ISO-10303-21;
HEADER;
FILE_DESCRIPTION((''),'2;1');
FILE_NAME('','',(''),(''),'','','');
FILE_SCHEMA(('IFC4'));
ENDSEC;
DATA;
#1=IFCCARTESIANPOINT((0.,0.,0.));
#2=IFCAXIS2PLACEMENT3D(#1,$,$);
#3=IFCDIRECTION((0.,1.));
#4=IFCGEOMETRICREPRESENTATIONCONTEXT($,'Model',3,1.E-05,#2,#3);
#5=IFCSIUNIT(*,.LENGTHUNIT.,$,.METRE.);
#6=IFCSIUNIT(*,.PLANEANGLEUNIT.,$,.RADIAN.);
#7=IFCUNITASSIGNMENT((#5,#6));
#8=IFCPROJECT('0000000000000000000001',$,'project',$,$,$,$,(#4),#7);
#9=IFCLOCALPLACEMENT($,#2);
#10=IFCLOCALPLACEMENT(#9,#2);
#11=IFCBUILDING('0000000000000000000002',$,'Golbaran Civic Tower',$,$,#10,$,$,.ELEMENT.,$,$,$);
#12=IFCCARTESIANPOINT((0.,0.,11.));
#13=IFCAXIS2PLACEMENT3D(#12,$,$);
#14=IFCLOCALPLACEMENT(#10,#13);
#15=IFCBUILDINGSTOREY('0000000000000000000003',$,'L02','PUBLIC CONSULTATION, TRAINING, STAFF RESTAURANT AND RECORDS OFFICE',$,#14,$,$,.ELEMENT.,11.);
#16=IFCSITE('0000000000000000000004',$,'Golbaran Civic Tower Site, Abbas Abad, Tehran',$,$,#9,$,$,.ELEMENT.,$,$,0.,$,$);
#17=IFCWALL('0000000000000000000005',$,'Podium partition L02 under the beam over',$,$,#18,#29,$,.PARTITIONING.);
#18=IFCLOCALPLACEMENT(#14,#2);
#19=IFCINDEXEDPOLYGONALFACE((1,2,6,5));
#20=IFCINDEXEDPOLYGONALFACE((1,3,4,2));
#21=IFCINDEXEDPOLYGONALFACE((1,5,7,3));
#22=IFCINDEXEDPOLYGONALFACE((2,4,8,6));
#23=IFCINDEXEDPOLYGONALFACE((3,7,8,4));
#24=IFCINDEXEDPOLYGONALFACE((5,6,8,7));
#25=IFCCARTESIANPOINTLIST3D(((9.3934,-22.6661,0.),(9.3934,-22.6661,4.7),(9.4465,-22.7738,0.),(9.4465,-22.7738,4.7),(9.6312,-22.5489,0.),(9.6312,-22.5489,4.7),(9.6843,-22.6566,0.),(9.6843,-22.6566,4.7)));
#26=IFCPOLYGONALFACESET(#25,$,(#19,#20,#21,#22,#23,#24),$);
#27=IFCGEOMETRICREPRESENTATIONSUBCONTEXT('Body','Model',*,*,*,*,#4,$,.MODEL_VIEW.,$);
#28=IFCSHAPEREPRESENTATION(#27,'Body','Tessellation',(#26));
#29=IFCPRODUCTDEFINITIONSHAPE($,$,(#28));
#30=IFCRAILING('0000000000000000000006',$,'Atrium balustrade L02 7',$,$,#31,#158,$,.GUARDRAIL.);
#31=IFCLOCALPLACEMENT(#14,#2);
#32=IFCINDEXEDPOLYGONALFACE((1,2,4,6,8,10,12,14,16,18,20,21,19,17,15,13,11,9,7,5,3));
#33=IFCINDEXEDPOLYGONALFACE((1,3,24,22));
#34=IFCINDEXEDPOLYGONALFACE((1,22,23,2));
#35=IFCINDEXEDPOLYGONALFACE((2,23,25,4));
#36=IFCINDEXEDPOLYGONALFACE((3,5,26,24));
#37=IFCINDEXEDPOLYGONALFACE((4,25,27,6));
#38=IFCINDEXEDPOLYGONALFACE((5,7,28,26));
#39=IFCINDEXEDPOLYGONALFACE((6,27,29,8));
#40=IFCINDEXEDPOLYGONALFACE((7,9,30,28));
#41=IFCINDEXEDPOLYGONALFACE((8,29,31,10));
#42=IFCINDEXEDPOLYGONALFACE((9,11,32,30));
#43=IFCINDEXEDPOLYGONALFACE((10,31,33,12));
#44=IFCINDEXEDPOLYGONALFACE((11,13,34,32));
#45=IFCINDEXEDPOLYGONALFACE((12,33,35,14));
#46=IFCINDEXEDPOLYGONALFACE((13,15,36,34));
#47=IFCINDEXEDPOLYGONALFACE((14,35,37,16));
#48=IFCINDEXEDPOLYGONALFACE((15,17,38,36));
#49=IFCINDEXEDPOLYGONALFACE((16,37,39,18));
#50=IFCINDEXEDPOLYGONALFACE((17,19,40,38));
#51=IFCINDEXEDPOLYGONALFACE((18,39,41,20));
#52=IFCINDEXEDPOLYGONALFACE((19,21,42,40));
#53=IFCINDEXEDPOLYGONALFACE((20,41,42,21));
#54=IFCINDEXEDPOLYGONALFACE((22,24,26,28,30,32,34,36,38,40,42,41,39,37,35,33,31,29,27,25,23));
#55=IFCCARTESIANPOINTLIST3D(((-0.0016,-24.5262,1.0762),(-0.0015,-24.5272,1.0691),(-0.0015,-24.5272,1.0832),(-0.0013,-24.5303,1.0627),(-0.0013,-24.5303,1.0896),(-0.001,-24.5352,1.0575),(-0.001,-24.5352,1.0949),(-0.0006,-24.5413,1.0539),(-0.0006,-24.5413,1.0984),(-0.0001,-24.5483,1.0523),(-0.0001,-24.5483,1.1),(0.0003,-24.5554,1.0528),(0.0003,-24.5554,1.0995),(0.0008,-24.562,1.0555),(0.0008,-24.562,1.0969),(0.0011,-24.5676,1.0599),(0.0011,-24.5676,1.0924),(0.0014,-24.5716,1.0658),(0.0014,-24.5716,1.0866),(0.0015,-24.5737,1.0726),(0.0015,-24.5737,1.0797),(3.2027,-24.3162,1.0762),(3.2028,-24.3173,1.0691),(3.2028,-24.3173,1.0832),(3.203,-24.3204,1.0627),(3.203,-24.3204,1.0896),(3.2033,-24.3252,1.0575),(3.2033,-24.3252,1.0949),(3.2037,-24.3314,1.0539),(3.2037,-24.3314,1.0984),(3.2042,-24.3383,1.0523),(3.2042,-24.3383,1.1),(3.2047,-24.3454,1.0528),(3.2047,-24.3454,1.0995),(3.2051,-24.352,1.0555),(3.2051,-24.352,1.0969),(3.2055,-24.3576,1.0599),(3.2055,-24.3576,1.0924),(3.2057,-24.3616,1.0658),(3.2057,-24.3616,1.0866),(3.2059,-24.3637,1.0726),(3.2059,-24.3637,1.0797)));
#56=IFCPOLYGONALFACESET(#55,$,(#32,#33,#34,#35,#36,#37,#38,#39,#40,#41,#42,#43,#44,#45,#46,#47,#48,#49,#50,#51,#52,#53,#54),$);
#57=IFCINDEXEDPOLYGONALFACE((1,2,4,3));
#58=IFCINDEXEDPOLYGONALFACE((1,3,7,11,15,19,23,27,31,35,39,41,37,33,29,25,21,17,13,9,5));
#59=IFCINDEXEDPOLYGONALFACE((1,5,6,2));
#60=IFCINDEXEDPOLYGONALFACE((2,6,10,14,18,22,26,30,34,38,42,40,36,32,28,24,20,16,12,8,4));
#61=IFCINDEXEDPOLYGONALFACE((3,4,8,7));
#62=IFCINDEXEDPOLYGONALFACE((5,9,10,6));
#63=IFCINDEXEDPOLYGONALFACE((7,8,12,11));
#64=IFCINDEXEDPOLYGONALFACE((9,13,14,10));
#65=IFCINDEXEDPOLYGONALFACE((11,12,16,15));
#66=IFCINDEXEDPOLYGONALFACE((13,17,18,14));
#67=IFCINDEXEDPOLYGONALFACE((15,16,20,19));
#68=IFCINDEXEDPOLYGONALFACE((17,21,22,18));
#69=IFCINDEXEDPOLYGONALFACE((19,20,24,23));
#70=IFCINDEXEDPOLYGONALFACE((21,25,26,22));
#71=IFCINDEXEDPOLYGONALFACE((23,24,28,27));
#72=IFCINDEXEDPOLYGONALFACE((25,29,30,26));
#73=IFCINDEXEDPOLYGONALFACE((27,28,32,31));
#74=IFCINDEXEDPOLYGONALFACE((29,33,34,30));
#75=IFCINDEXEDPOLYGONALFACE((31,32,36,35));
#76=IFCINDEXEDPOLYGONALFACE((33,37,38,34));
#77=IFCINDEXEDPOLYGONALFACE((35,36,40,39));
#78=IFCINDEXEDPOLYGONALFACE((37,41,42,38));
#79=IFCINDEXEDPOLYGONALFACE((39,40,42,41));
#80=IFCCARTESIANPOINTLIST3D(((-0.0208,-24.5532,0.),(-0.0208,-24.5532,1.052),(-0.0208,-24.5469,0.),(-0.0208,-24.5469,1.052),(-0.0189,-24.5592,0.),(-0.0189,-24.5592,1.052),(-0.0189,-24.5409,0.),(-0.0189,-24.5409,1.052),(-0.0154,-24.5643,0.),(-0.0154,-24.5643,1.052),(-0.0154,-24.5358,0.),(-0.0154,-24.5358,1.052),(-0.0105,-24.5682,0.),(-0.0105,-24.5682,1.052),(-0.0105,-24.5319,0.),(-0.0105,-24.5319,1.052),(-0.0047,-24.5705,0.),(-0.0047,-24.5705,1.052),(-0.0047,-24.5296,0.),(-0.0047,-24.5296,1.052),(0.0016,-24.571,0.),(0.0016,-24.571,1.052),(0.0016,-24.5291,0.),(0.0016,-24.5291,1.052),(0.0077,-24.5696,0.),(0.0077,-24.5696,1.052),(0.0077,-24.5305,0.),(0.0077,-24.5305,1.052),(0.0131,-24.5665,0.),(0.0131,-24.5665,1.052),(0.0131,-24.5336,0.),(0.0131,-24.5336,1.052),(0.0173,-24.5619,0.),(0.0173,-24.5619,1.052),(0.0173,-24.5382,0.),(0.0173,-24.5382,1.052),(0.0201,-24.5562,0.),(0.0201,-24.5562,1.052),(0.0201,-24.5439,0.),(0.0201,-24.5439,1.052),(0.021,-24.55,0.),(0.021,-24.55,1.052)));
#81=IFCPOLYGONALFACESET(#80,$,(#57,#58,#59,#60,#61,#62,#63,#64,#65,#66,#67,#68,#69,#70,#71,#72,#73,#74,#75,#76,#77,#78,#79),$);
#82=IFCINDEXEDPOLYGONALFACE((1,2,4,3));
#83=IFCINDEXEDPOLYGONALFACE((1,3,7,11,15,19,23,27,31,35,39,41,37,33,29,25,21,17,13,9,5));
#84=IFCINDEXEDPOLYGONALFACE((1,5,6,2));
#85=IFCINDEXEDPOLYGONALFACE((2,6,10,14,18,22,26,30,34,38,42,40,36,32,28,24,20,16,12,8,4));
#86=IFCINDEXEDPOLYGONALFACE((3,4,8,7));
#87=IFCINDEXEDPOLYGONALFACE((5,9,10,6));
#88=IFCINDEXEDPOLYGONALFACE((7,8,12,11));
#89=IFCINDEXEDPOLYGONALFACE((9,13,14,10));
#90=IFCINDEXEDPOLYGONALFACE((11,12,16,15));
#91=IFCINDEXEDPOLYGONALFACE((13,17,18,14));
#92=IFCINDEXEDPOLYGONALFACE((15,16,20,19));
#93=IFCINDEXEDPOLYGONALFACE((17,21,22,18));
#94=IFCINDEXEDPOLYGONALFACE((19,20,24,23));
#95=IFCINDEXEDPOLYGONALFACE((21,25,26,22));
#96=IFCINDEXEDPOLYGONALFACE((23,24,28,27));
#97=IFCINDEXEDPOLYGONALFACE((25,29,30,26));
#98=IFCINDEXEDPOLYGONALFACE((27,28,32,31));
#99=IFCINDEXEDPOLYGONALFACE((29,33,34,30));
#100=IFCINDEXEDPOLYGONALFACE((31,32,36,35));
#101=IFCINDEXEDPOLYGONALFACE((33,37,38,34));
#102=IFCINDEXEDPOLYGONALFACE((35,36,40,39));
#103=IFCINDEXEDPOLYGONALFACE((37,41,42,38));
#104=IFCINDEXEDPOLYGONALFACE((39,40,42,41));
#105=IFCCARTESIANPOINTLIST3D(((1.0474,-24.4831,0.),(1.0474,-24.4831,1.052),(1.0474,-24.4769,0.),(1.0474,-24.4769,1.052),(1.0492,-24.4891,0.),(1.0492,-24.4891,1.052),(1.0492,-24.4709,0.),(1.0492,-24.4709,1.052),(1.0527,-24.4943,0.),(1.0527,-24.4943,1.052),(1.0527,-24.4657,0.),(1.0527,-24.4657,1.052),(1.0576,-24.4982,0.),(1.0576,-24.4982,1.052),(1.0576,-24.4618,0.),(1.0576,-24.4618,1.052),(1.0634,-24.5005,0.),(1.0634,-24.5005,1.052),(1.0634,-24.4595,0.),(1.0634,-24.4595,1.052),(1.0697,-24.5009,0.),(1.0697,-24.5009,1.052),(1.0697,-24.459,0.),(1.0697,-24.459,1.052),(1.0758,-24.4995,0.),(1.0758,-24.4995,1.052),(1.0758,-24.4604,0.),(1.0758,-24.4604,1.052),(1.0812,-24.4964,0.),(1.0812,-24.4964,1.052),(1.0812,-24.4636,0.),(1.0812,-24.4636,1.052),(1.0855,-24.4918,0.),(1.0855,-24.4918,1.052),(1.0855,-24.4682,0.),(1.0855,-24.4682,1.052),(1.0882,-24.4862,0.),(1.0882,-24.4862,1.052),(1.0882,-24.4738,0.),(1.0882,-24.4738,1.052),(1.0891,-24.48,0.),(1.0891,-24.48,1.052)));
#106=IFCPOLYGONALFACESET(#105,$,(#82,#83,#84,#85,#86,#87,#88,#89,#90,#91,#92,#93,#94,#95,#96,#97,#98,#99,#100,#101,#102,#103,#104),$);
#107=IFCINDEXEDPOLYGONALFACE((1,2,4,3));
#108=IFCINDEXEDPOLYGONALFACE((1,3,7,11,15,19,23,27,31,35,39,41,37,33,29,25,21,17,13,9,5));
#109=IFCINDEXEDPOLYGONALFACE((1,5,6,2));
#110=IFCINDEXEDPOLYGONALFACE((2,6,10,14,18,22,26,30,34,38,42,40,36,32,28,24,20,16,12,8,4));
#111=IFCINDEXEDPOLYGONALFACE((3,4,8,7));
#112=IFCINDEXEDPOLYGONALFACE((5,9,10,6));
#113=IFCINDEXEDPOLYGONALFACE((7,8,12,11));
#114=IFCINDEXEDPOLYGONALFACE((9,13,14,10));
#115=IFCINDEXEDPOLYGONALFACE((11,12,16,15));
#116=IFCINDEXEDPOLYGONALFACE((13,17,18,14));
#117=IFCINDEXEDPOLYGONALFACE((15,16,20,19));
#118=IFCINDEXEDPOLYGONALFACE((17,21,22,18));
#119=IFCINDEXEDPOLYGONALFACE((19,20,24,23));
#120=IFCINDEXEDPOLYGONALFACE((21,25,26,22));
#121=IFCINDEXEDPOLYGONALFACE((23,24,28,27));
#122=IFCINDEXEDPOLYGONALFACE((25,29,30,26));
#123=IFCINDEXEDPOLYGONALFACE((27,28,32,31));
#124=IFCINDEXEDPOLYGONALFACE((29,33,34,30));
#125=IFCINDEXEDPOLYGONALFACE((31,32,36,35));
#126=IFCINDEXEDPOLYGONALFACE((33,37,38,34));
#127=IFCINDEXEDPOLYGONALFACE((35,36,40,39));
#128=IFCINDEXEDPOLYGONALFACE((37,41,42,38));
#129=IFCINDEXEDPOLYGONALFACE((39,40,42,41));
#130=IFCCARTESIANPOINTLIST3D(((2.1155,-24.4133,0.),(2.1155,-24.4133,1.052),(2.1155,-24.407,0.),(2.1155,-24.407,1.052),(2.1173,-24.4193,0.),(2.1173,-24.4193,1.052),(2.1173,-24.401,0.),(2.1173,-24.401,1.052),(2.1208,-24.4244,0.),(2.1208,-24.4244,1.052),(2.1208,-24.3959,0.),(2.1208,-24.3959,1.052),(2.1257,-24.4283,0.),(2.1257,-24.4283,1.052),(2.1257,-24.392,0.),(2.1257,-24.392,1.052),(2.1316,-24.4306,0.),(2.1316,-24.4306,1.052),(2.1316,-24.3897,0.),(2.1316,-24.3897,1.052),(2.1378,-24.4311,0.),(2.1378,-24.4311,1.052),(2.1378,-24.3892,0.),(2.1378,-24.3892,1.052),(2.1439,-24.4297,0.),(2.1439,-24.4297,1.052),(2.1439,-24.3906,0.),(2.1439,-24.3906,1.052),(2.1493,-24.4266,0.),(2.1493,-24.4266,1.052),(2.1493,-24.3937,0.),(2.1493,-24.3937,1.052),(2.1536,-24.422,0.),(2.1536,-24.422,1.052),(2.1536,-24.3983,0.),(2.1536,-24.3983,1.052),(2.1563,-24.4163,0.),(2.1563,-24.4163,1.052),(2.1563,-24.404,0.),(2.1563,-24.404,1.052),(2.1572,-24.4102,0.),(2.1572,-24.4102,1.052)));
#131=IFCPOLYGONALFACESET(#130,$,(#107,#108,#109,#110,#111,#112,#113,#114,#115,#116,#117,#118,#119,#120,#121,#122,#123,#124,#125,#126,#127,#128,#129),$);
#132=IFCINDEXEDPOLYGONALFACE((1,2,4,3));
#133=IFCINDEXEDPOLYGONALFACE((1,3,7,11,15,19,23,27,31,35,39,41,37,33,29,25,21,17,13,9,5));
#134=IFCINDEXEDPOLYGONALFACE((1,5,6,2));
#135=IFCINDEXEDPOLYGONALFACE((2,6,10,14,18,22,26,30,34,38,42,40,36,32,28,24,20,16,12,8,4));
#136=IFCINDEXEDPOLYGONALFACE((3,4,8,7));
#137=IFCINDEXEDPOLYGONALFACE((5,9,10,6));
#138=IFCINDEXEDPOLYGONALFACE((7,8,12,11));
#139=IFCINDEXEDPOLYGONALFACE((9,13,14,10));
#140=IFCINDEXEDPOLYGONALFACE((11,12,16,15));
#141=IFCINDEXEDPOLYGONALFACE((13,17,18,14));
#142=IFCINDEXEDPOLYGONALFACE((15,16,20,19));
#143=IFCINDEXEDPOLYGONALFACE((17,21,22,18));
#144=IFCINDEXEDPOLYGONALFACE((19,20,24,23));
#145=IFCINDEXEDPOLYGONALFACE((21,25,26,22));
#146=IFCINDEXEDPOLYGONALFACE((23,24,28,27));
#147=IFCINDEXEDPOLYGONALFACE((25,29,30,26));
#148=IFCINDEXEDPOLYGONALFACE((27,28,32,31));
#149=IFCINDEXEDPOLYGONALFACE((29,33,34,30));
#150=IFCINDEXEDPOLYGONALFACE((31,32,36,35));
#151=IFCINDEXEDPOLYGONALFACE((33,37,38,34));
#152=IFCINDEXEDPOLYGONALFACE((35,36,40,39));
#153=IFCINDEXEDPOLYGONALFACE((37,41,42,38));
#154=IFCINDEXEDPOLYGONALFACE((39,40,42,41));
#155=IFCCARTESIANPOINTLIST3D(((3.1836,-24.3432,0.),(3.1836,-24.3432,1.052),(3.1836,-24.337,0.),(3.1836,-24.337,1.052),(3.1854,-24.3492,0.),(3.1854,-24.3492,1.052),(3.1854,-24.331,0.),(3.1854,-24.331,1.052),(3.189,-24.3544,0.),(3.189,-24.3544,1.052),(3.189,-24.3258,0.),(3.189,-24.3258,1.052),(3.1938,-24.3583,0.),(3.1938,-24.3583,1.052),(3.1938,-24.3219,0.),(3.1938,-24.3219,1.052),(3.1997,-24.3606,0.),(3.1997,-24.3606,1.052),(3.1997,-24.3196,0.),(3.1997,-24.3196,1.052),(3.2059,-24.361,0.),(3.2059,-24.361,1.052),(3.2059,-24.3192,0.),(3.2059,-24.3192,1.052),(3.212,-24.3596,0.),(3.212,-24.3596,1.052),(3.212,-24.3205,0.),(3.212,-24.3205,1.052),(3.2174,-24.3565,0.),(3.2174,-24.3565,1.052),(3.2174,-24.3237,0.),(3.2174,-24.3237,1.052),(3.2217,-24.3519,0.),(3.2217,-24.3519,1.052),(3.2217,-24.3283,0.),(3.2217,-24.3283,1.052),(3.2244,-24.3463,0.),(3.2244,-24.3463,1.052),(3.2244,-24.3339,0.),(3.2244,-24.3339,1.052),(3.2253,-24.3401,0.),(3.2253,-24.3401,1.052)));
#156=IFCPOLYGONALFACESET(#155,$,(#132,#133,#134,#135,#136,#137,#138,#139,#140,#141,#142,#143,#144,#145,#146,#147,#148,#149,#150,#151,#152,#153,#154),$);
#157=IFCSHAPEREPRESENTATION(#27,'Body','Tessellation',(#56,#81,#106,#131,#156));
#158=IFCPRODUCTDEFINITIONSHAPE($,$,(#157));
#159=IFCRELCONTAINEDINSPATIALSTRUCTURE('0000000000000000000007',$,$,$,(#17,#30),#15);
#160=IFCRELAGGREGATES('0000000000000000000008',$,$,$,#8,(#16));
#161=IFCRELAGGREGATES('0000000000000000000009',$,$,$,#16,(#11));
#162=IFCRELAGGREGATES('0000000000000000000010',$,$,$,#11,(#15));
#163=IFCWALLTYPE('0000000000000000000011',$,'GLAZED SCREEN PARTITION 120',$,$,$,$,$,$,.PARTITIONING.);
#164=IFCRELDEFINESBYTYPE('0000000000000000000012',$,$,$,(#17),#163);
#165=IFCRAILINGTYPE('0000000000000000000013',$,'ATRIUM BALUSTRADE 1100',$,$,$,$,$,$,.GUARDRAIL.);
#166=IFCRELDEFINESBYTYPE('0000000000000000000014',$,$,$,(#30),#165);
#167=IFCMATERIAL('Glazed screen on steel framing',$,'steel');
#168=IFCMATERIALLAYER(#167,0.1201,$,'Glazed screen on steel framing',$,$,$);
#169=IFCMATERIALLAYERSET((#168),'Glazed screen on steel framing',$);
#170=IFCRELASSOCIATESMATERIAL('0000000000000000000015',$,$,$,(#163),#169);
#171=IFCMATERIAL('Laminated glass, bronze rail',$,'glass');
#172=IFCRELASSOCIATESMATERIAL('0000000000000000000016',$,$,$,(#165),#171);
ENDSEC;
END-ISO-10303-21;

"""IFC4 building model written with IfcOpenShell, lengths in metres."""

from ifc_helpers import new_model, si_unit, direction, frame, frame_2d, origin, origin_2d, place, context, subcontext, project, spatial, rectangle, circle, extrude, material, layer, layer_set, type_object, element, save


model = new_model("IFC4")

# Units and contexts
model_context = context("Model", 3, precision=1e-05, world=origin(), true_north=direction((0.0, 1.0)))
body_context = subcontext(model_context, "Body", "Model", "MODEL_VIEW")
ifc_project = project(units=[si_unit("LENGTHUNIT", "METRE"), si_unit("PLANEANGLEUNIT", "RADIAN")], contexts=[model_context])

# Site, building, storey
site_placement = place(None, origin())
site = spatial("IfcSite", under=ifc_project, at=site_placement, Name="Golbaran Civic Tower Site, Abbas Abad, Tehran", CompositionType="ELEMENT", RefElevation=0.0)
building_placement = place(site_placement, origin())
building = spatial("IfcBuilding", under=site, at=building_placement, Name="Golbaran Civic Tower", CompositionType="ELEMENT")
storey_placement = place(building_placement, frame((0.0, 0.0, 11.0)))
storey = spatial("IfcBuildingStorey", under=building, at=storey_placement, Name="L02", Description="PUBLIC CONSULTATION, TRAINING, STAFF RESTAURANT AND RECORDS OFFICE", CompositionType="ELEMENT", Elevation=11.0)

# Wall
ifc_material_1 = material(Name="Glazed screen on steel framing", Category="steel")
ifc_layer = layer(ifc_material_1, 0.1201, Name="Glazed screen on steel framing")
ifc_layer_set = layer_set([ifc_layer], Name="Glazed screen on steel framing")
wall_type = type_object("IfcWallType", Name="GLAZED SCREEN PARTITION 120", PredefinedType="PARTITIONING", material=ifc_layer_set)
wall_1_placement = place(storey_placement, frame((9.4199, -22.72, 0.0), z_axis=(0.0, 0.0, 1.0), x_axis=(0.896991, 0.442049, 0.0)))
element("IfcWall", 1, at=wall_1_placement, inside=storey, type_object=wall_type, Name="Podium partition L02 under the beam over", PredefinedType="PARTITIONING", context=body_context, shape_type="SweptSolid", body=[
    extrude(rectangle(XDim=0.2651, YDim=0.1201, at=frame_2d((0.1326, 0.0))), origin(), (0.0, 0.0, 1.0), 4.7),
])

# Railing
ifc_material_2 = material(Name="Laminated glass, bronze rail", Category="glass")
railing_type = type_object("IfcRailingType", Name="ATRIUM BALUSTRADE 1100", PredefinedType="GUARDRAIL", material=ifc_material_2)
railing_1_placement = place(storey_placement, frame((0.0, -24.55, 0.0)))
element("IfcRailing", 2, at=railing_1_placement, inside=storey, type_object=railing_type, Name="Atrium balustrade L02 7", PredefinedType="GUARDRAIL", context=body_context, shape_type="SweptSolid", body=[
    extrude(circle(Radius=0.0239, at=origin_2d()), frame((0.0, 0.0, 1.0762), z_axis=(0.99786, 0.065384, 0.0), x_axis=(-0.065384, 0.99786, 0.0)), (0.0, 0.0, 1.0), 3.2112),
    extrude(circle(Radius=0.021, at=origin_2d()), origin(), (0.0, 0.0, 1.0), 1.052),
    extrude(circle(Radius=0.021, at=origin_2d()), frame((1.0681, 0.0701, 0.0)), (0.0, 0.0, 1.0), 1.052),
    extrude(circle(Radius=0.021, at=origin_2d()), frame((2.1362, 0.1399, 0.0)), (0.0, 0.0, 1.0), 1.052),
    extrude(circle(Radius=0.021, at=origin_2d()), frame((3.2043, 0.21, 0.0)), (0.0, 0.0, 1.0), 1.052),
])

save(model, "model.ifc")
